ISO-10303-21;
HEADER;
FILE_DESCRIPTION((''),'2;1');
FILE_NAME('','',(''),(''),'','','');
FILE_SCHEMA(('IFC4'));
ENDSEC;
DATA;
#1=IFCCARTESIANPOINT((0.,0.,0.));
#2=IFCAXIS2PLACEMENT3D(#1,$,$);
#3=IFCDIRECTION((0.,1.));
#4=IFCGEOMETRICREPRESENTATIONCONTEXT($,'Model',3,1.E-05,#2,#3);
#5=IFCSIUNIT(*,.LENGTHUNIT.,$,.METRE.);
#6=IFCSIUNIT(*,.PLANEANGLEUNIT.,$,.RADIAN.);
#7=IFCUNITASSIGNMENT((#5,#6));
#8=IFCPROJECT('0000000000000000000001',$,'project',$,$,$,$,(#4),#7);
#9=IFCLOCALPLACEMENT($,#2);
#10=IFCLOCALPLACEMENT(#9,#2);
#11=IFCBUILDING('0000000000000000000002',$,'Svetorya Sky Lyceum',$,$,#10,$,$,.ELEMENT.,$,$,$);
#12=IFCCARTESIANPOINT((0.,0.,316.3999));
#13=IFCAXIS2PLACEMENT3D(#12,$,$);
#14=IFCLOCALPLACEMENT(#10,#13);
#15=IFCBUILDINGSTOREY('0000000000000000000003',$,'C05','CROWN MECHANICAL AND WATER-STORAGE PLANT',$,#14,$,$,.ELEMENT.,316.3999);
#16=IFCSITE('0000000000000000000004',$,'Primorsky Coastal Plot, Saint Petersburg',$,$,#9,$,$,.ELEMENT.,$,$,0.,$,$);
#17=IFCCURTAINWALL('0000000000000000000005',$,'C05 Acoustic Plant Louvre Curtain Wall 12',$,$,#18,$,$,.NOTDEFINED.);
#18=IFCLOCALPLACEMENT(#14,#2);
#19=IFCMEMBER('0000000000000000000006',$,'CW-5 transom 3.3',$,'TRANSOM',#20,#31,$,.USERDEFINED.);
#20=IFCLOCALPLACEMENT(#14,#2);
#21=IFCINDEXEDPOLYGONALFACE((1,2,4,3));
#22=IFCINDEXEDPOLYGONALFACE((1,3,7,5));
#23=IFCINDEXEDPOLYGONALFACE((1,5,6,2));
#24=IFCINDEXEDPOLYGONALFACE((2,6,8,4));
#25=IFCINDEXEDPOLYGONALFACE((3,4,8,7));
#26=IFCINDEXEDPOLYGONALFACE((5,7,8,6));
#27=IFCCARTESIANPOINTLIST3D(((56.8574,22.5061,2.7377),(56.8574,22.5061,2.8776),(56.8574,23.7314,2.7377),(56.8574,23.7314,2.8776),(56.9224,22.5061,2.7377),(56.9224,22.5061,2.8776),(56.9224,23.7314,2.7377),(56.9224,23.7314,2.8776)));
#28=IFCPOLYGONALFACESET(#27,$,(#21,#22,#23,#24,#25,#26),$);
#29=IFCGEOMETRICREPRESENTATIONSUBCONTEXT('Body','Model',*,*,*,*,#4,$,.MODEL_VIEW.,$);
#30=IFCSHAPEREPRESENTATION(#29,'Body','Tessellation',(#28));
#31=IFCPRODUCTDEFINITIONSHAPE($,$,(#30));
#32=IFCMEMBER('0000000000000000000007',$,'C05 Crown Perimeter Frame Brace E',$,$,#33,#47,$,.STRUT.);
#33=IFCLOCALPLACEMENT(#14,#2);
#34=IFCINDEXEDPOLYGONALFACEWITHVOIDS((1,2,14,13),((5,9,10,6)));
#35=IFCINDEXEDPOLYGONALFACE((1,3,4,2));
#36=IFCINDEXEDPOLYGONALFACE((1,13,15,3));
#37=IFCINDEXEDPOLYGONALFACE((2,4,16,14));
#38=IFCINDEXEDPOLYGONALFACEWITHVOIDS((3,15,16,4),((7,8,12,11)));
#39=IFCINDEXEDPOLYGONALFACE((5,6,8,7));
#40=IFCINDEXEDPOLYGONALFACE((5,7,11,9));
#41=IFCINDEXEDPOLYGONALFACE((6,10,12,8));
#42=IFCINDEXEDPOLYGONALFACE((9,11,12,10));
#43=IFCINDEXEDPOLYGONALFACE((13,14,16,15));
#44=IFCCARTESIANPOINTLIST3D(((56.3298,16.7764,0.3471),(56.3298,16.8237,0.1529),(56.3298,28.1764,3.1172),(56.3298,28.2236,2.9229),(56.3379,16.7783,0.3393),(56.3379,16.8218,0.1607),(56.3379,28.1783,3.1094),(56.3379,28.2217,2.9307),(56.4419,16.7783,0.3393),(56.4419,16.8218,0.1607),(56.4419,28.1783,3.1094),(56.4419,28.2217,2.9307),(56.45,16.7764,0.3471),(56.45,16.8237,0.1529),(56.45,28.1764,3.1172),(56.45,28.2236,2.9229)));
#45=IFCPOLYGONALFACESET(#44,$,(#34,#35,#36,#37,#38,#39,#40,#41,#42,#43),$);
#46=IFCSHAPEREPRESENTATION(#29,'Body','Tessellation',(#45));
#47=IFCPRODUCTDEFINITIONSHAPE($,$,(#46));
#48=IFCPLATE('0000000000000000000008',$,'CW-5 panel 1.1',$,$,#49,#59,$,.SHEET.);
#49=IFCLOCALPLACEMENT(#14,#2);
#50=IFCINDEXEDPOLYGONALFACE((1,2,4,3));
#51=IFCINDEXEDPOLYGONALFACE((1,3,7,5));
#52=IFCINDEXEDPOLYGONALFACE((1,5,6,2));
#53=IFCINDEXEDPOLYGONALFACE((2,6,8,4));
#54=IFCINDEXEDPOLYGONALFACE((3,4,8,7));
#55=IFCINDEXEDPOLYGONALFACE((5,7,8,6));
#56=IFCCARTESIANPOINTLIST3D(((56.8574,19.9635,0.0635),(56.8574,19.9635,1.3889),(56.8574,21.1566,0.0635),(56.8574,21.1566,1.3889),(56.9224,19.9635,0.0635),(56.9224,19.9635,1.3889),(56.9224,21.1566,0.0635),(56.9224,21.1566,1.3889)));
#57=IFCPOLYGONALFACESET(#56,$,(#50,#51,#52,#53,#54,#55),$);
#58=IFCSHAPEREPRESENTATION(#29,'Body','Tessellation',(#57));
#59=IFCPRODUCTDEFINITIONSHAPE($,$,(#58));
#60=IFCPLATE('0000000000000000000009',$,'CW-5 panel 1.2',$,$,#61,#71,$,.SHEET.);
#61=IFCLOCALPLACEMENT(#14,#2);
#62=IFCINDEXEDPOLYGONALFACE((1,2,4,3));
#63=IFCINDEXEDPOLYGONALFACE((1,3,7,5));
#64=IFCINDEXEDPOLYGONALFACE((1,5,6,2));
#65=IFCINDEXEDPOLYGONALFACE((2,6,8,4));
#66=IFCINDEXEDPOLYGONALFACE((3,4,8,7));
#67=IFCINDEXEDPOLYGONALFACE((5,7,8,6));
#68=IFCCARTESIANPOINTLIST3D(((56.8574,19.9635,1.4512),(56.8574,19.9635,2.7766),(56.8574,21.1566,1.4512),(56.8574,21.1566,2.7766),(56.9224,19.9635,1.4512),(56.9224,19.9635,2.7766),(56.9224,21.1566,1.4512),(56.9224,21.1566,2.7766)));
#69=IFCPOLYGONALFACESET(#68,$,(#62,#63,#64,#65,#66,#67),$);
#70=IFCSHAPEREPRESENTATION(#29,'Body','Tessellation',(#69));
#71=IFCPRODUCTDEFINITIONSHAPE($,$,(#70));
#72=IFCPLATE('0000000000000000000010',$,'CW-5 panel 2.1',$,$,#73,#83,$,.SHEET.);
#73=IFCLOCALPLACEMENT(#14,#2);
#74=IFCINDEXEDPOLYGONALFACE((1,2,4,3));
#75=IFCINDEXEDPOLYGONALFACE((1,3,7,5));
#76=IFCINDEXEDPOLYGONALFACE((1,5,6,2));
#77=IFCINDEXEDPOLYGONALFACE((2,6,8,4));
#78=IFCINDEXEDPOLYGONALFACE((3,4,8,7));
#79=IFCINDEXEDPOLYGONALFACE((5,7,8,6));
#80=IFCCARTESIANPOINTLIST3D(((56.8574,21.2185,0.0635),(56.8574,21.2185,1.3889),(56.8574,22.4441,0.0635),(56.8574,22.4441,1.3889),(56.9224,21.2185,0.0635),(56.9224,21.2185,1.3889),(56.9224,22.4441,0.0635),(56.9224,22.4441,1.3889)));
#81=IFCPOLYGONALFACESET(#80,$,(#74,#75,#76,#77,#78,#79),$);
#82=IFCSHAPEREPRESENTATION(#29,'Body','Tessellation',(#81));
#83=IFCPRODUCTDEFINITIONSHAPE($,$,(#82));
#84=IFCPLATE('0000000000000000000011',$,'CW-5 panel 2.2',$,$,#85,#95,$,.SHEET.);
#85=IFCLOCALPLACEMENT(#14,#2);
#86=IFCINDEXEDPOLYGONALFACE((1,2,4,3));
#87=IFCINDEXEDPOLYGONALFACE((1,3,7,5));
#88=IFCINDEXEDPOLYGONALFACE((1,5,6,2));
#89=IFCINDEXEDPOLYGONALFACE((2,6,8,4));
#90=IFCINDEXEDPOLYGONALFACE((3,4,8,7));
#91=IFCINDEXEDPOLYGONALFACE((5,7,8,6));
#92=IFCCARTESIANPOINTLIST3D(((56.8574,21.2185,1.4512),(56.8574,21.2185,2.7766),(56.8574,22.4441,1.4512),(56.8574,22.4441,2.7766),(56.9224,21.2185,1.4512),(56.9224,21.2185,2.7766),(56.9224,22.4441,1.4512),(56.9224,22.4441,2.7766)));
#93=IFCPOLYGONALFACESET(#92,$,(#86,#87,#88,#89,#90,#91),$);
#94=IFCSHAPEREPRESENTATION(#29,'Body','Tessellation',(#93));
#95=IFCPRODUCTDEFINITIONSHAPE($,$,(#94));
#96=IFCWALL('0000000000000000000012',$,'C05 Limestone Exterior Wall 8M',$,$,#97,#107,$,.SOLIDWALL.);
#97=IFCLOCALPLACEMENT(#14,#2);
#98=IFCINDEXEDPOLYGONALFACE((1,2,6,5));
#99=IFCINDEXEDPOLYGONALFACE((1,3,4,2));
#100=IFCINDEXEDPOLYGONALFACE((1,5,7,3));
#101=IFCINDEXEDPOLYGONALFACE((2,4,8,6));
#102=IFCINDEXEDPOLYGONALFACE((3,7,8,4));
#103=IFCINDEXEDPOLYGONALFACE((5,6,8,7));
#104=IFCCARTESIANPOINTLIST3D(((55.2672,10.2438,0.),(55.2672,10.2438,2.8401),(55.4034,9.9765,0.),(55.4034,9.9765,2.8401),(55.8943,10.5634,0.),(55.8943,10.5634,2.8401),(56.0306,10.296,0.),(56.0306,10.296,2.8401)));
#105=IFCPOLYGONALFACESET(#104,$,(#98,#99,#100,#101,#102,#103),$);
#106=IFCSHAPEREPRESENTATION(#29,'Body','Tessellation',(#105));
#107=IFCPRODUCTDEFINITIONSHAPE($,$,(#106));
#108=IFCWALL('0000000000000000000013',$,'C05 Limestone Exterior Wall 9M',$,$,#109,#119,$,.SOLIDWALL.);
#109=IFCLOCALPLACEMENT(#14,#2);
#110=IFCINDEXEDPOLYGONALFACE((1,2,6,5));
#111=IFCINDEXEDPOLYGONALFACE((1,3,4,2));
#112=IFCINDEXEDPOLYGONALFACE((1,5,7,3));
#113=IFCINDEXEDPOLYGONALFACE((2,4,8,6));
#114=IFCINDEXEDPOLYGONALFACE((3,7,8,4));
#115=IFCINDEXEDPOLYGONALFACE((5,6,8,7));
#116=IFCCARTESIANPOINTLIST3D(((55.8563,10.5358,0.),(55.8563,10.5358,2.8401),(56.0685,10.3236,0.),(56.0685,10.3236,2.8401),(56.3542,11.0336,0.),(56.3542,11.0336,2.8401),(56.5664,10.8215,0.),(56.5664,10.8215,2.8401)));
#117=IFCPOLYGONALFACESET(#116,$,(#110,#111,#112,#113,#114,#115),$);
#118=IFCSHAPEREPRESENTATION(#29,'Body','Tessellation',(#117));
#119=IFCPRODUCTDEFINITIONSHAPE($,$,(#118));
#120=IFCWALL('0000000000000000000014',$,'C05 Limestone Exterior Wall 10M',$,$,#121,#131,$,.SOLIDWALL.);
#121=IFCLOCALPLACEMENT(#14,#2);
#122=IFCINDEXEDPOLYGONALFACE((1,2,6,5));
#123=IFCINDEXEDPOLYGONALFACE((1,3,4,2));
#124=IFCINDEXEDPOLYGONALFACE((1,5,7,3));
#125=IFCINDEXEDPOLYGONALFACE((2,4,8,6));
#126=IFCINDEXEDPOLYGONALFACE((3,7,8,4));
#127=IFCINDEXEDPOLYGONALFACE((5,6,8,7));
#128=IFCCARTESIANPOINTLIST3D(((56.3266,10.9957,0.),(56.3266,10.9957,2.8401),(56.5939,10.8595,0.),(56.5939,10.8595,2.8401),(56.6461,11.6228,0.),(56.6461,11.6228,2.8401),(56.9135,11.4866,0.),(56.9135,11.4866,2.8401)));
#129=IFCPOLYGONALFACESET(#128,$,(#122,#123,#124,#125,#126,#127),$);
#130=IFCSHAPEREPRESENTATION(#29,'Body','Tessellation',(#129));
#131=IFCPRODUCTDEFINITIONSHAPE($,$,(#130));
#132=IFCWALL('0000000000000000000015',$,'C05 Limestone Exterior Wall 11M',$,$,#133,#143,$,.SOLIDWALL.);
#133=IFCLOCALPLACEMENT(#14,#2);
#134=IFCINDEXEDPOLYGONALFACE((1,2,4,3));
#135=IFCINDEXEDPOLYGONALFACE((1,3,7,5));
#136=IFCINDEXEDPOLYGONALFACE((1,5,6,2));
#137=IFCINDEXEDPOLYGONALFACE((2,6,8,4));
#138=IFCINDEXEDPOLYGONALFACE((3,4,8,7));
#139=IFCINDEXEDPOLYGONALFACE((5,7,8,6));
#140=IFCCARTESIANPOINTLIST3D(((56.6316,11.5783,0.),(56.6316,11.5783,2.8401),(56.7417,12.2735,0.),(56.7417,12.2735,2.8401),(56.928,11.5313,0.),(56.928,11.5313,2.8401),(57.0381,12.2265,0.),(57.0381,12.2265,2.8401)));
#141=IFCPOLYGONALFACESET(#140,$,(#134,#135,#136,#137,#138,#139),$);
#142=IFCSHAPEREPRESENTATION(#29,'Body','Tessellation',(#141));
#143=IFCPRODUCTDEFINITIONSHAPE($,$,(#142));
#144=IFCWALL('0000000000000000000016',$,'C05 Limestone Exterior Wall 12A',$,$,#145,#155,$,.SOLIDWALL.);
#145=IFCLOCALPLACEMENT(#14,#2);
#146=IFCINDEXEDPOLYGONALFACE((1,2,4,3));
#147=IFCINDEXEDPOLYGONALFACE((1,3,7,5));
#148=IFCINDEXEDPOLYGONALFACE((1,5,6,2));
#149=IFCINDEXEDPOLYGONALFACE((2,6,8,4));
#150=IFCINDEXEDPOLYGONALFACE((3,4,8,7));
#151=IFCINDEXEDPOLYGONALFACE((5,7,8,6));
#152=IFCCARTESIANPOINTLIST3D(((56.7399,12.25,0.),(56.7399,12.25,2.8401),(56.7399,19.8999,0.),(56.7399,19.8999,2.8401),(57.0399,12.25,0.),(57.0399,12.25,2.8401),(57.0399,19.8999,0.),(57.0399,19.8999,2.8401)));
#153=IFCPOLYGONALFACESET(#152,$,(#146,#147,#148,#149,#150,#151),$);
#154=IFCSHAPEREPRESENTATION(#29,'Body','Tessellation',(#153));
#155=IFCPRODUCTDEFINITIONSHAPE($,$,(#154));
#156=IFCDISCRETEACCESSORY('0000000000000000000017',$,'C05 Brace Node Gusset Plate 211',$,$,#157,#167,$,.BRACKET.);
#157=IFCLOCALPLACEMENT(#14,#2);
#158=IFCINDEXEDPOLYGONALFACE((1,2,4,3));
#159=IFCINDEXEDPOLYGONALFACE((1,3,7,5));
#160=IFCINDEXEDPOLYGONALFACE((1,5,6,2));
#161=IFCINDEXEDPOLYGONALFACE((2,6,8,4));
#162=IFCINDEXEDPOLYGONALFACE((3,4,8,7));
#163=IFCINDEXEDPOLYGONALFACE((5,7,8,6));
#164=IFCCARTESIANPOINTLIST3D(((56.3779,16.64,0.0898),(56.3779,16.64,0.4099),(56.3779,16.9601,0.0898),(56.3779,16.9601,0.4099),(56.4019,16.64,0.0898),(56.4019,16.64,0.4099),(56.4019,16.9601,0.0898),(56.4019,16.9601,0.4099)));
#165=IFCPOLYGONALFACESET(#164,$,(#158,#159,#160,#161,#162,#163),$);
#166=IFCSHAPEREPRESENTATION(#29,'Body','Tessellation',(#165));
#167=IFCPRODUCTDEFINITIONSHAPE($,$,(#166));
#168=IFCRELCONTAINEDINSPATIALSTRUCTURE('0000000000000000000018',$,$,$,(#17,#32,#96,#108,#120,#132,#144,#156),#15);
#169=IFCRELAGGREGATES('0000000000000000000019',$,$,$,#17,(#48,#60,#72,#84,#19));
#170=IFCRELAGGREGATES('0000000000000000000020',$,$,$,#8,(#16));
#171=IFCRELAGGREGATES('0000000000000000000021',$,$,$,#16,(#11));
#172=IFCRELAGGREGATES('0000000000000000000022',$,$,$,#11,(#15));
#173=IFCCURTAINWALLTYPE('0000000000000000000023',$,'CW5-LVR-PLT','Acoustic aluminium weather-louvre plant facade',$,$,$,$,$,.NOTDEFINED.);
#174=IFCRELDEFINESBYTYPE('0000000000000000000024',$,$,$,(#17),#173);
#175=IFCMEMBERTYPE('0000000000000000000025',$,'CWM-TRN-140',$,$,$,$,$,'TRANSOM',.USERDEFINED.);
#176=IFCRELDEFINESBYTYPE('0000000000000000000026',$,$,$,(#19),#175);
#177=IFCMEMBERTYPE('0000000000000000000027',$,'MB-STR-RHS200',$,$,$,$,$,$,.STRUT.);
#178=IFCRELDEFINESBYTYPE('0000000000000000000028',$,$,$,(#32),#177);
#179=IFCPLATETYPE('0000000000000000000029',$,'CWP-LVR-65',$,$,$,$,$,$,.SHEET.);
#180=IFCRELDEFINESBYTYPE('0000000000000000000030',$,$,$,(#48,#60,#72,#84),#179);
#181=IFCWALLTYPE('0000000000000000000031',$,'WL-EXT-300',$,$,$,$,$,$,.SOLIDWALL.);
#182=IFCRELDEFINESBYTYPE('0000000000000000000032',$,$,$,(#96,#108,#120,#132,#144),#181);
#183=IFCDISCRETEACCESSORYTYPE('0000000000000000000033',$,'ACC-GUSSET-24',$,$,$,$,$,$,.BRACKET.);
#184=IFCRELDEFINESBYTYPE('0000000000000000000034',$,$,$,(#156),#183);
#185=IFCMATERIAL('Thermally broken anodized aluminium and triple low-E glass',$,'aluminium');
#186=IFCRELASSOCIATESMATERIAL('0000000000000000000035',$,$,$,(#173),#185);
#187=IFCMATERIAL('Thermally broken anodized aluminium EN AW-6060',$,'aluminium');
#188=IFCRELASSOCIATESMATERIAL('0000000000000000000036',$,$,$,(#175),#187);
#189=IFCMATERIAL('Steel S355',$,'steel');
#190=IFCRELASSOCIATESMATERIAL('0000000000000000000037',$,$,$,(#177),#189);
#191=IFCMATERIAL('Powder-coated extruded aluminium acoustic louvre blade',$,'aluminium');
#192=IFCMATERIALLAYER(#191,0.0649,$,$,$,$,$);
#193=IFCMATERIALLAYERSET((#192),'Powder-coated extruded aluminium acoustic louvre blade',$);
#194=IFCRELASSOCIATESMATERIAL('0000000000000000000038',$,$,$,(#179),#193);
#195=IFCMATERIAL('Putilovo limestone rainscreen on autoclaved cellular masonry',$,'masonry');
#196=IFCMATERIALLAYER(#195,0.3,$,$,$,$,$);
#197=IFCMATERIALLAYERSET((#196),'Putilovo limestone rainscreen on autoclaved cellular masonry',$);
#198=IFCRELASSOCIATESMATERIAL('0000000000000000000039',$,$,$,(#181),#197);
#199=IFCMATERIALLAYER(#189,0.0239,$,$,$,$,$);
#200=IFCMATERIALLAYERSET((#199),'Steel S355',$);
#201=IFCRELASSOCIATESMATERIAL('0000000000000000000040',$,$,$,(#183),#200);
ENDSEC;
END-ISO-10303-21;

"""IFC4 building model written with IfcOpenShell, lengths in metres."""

from ifc_helpers import new_model, si_unit, direction, frame, frame_2d, origin, origin_2d, place, context, subcontext, project, spatial, rectangle, hollow_rectangle, extrude, material, layer, layer_set, material_profile, profile_set, type_object, element, aggregate, save


model = new_model("IFC4")

# Units and contexts
model_context = context("Model", 3, precision=1e-05, world=origin(), true_north=direction((0.0, 1.0)))
body_context = subcontext(model_context, "Body", "Model", "MODEL_VIEW")
ifc_project = project(units=[si_unit("LENGTHUNIT", "METRE"), si_unit("PLANEANGLEUNIT", "RADIAN")], contexts=[model_context])

# Site, building, storey
site_placement = place(None, origin())
site = spatial("IfcSite", under=ifc_project, at=site_placement, Name="Primorsky Coastal Plot, Saint Petersburg", CompositionType="ELEMENT", RefElevation=0.0)
building_placement = place(site_placement, origin())
building = spatial("IfcBuilding", under=site, at=building_placement, Name="Svetorya Sky Lyceum", CompositionType="ELEMENT")
storey_placement = place(building_placement, frame((0.0, 0.0, 316.3999)))
storey = spatial("IfcBuildingStorey", under=building, at=storey_placement, Name="C05", Description="CROWN MECHANICAL AND WATER-STORAGE PLANT", CompositionType="ELEMENT", Elevation=316.3999)

# Shared definitions
ifc_material_1 = material(Name="Steel S355", Category="steel")

# Curtain wall, member
ifc_material_2 = material(Name="Thermally broken anodized aluminium and triple low-E glass", Category="aluminium")
curtain_wall_type = type_object("IfcCurtainWallType", Name="CW5-LVR-PLT", Description="Acoustic aluminium weather-louvre plant facade", PredefinedType="NOTDEFINED", material=ifc_material_2)
curtain_wall_placement = place(storey_placement, origin())
curtain_wall = element("IfcCurtainWall", 1, at=curtain_wall_placement, inside=storey, type_object=curtain_wall_type, Name="C05 Acoustic Plant Louvre Curtain Wall 12", PredefinedType="NOTDEFINED")
ifc_material_3 = material(Name="Thermally broken anodized aluminium EN AW-6060", Category="aluminium")
ifc_material_profile_1 = material_profile(ifc_material_3, rectangle(XDim=0.0649, YDim=0.1399, at=origin_2d()), Name="ALU TRANSOM 65x140")
ifc_profile_set_1 = profile_set([ifc_material_profile_1], Name="Thermally broken anodized aluminium EN AW-6060")
member_type_1 = type_object("IfcMemberType", Name="CWM-TRN-140", ElementType="TRANSOM", PredefinedType="USERDEFINED", material=ifc_profile_set_1)
member_1_placement = place(storey_placement, frame((56.8899, 22.5061, 2.8076), z_axis=(0.0, 1.0, 0.0), x_axis=(-1.0, 0.0, 0.0)))
member_1 = element("IfcMember", 2, at=member_1_placement, type_object=member_type_1, Name="CW-5 transom 3.3", ObjectType="TRANSOM", PredefinedType="USERDEFINED", context=body_context, shape_type="SweptSolid", body=[
    extrude(rectangle(XDim=0.0649, YDim=0.1399, at=origin_2d()), origin(), (0.0, 0.0, 1.0), 1.2253),
])

# Member
ifc_material_profile_2 = material_profile(ifc_material_1, hollow_rectangle(XDim=0.1201, YDim=0.2, WallThickness=0.0081, at=origin_2d()), Name="RHS 200x120x8")
ifc_profile_set_2 = profile_set([ifc_material_profile_2], Name="Steel S355")
member_type_2 = type_object("IfcMemberType", Name="MB-STR-RHS200", PredefinedType="STRUT", material=ifc_profile_set_2)
member_2_placement = place(storey_placement, frame((56.3899, 16.8, 0.25), z_axis=(0.0, 0.971725, 0.236116), x_axis=(-1.0, 0.0, 0.0)))
element("IfcMember", 3, at=member_2_placement, inside=storey, type_object=member_type_2, Name="C05 Crown Perimeter Frame Brace E", PredefinedType="STRUT", context=body_context, shape_type="SweptSolid", body=[
    extrude(hollow_rectangle(XDim=0.1201, YDim=0.2, WallThickness=0.0081, at=origin_2d()), origin(), (0.0, 0.0, 1.0), 11.7317),
])

# Plates
ifc_material_4 = material(Name="Powder-coated extruded aluminium acoustic louvre blade", Category="aluminium")
ifc_layer_1 = layer(ifc_material_4, 0.0649)
ifc_layer_set_1 = layer_set([ifc_layer_1], Name="Powder-coated extruded aluminium acoustic louvre blade")
plate_type = type_object("IfcPlateType", Name="CWP-LVR-65", PredefinedType="SHEET", material=ifc_layer_set_1)
plate_1_placement = place(storey_placement, frame((56.8899, 20.5601, 0.0635), z_axis=(0.0, 0.0, 1.0), x_axis=(0.0, 1.0, 0.0)))
plate_1 = element("IfcPlate", 4, at=plate_1_placement, type_object=plate_type, Name="CW-5 panel 1.1", PredefinedType="SHEET", context=body_context, shape_type="SweptSolid", body=[
    extrude(rectangle(XDim=1.1931, YDim=0.0649, at=origin_2d()), origin(), (0.0, 0.0, 1.0), 1.3254),
])
plate_2_placement = place(storey_placement, frame((56.8899, 20.5601, 1.4512), z_axis=(0.0, 0.0, 1.0), x_axis=(0.0, 1.0, 0.0)))
plate_2 = element("IfcPlate", 5, at=plate_2_placement, type_object=plate_type, Name="CW-5 panel 1.2", PredefinedType="SHEET", context=body_context, shape_type="SweptSolid", body=[
    extrude(rectangle(XDim=1.1931, YDim=0.0649, at=origin_2d()), origin(), (0.0, 0.0, 1.0), 1.3254),
])
plate_3_placement = place(storey_placement, frame((56.8899, 21.8313, 0.0635), z_axis=(0.0, 0.0, 1.0), x_axis=(0.0, 1.0, 0.0)))
plate_3 = element("IfcPlate", 6, at=plate_3_placement, type_object=plate_type, Name="CW-5 panel 2.1", PredefinedType="SHEET", context=body_context, shape_type="SweptSolid", body=[
    extrude(rectangle(XDim=1.2256, YDim=0.0649, at=origin_2d()), origin(), (0.0, 0.0, 1.0), 1.3254),
])
plate_4_placement = place(storey_placement, frame((56.8899, 21.8313, 1.4512), z_axis=(0.0, 0.0, 1.0), x_axis=(0.0, 1.0, 0.0)))
plate_4 = element("IfcPlate", 7, at=plate_4_placement, type_object=plate_type, Name="CW-5 panel 2.2", PredefinedType="SHEET", context=body_context, shape_type="SweptSolid", body=[
    extrude(rectangle(XDim=1.2256, YDim=0.0649, at=origin_2d()), origin(), (0.0, 0.0, 1.0), 1.3254),
])
aggregate(curtain_wall, [plate_1, plate_2, plate_3, plate_4, member_1])

# Walls
ifc_material_5 = material(Name="Putilovo limestone rainscreen on autoclaved cellular masonry", Category="masonry")
ifc_layer_2 = layer(ifc_material_5, 0.3)
ifc_layer_set_2 = layer_set([ifc_layer_2], Name="Putilovo limestone rainscreen on autoclaved cellular masonry")
wall_type = type_object("IfcWallType", Name="WL-EXT-300", PredefinedType="SOLIDWALL", material=ifc_layer_set_2)
wall_1_placement = place(storey_placement, frame((55.3352, 10.1101, 0.0), z_axis=(0.0, 0.0, 1.0), x_axis=(0.891002, 0.453999, 0.0)))
element("IfcWall", 8, at=wall_1_placement, inside=storey, type_object=wall_type, Name="C05 Limestone Exterior Wall 8M", PredefinedType="SOLIDWALL", context=body_context, shape_type="SweptSolid", body=[
    extrude(rectangle(XDim=0.7039, YDim=0.3, at=frame_2d((0.3521, 0.0))), origin(), (0.0, 0.0, 1.0), 2.8401),
])
wall_2_placement = place(storey_placement, frame((55.9624, 10.4297, 0.0), z_axis=(0.0, 0.0, 1.0), x_axis=(0.707107, 0.707107, 0.0)))
element("IfcWall", 9, at=wall_2_placement, inside=storey, type_object=wall_type, Name="C05 Limestone Exterior Wall 9M", PredefinedType="SOLIDWALL", context=body_context, shape_type="SweptSolid", body=[
    extrude(rectangle(XDim=0.7041, YDim=0.3, at=frame_2d((0.3521, 0.0))), origin(), (0.0, 0.0, 1.0), 2.8401),
])
for number, where, z_axis, x_axis, name in (
    (10, (56.4602, 10.9275, 0.0), (0.0, 0.0, 1.0), (0.453999, 0.891002, 0.0), "C05 Limestone Exterior Wall 10M"),
    (11, (56.7798, 11.5547, 0.0), (0.0, 0.0, 1.0), (0.156408, 0.987693, 0.0), "C05 Limestone Exterior Wall 11M"),
):
    element("IfcWall", number, at=place(storey_placement, frame(where, z_axis=z_axis, x_axis=x_axis)), inside=storey, type_object=wall_type, Name=name, PredefinedType="SOLIDWALL", context=body_context, shape_type="SweptSolid", body=[
        extrude(rectangle(XDim=0.7039, YDim=0.3, at=frame_2d((0.3521, 0.0))), origin(), (0.0, 0.0, 1.0), 2.8401),
    ])
wall_3_placement = place(storey_placement, frame((56.8899, 12.25, 0.0), z_axis=(0.0, 0.0, 1.0), x_axis=(0.0, 1.0, 0.0)))
element("IfcWall", 12, at=wall_3_placement, inside=storey, type_object=wall_type, Name="C05 Limestone Exterior Wall 12A", PredefinedType="SOLIDWALL", context=body_context, shape_type="SweptSolid", body=[
    extrude(rectangle(XDim=7.6499, YDim=0.3, at=frame_2d((3.825, 0.0))), origin(), (0.0, 0.0, 1.0), 2.8401),
])

# Discrete accessory
ifc_layer_3 = layer(ifc_material_1, 0.0239)
ifc_layer_set_3 = layer_set([ifc_layer_3], Name="Steel S355")
discrete_accessory_type = type_object("IfcDiscreteAccessoryType", Name="ACC-GUSSET-24", PredefinedType="BRACKET", material=ifc_layer_set_3)
discrete_accessory_placement = place(storey_placement, frame((56.3899, 16.8, 0.0898), z_axis=(0.0, 0.0, 1.0), x_axis=(1.0, 0.0, 0.0)))
element("IfcDiscreteAccessory", 13, at=discrete_accessory_placement, inside=storey, type_object=discrete_accessory_type, Name="C05 Brace Node Gusset Plate 211", PredefinedType="BRACKET", context=body_context, shape_type="SweptSolid", body=[
    extrude(rectangle(XDim=0.0239, YDim=0.3201, at=origin_2d()), origin(), (0.0, 0.0, 1.0), 0.3201),
])

save(model, "model.ifc")
